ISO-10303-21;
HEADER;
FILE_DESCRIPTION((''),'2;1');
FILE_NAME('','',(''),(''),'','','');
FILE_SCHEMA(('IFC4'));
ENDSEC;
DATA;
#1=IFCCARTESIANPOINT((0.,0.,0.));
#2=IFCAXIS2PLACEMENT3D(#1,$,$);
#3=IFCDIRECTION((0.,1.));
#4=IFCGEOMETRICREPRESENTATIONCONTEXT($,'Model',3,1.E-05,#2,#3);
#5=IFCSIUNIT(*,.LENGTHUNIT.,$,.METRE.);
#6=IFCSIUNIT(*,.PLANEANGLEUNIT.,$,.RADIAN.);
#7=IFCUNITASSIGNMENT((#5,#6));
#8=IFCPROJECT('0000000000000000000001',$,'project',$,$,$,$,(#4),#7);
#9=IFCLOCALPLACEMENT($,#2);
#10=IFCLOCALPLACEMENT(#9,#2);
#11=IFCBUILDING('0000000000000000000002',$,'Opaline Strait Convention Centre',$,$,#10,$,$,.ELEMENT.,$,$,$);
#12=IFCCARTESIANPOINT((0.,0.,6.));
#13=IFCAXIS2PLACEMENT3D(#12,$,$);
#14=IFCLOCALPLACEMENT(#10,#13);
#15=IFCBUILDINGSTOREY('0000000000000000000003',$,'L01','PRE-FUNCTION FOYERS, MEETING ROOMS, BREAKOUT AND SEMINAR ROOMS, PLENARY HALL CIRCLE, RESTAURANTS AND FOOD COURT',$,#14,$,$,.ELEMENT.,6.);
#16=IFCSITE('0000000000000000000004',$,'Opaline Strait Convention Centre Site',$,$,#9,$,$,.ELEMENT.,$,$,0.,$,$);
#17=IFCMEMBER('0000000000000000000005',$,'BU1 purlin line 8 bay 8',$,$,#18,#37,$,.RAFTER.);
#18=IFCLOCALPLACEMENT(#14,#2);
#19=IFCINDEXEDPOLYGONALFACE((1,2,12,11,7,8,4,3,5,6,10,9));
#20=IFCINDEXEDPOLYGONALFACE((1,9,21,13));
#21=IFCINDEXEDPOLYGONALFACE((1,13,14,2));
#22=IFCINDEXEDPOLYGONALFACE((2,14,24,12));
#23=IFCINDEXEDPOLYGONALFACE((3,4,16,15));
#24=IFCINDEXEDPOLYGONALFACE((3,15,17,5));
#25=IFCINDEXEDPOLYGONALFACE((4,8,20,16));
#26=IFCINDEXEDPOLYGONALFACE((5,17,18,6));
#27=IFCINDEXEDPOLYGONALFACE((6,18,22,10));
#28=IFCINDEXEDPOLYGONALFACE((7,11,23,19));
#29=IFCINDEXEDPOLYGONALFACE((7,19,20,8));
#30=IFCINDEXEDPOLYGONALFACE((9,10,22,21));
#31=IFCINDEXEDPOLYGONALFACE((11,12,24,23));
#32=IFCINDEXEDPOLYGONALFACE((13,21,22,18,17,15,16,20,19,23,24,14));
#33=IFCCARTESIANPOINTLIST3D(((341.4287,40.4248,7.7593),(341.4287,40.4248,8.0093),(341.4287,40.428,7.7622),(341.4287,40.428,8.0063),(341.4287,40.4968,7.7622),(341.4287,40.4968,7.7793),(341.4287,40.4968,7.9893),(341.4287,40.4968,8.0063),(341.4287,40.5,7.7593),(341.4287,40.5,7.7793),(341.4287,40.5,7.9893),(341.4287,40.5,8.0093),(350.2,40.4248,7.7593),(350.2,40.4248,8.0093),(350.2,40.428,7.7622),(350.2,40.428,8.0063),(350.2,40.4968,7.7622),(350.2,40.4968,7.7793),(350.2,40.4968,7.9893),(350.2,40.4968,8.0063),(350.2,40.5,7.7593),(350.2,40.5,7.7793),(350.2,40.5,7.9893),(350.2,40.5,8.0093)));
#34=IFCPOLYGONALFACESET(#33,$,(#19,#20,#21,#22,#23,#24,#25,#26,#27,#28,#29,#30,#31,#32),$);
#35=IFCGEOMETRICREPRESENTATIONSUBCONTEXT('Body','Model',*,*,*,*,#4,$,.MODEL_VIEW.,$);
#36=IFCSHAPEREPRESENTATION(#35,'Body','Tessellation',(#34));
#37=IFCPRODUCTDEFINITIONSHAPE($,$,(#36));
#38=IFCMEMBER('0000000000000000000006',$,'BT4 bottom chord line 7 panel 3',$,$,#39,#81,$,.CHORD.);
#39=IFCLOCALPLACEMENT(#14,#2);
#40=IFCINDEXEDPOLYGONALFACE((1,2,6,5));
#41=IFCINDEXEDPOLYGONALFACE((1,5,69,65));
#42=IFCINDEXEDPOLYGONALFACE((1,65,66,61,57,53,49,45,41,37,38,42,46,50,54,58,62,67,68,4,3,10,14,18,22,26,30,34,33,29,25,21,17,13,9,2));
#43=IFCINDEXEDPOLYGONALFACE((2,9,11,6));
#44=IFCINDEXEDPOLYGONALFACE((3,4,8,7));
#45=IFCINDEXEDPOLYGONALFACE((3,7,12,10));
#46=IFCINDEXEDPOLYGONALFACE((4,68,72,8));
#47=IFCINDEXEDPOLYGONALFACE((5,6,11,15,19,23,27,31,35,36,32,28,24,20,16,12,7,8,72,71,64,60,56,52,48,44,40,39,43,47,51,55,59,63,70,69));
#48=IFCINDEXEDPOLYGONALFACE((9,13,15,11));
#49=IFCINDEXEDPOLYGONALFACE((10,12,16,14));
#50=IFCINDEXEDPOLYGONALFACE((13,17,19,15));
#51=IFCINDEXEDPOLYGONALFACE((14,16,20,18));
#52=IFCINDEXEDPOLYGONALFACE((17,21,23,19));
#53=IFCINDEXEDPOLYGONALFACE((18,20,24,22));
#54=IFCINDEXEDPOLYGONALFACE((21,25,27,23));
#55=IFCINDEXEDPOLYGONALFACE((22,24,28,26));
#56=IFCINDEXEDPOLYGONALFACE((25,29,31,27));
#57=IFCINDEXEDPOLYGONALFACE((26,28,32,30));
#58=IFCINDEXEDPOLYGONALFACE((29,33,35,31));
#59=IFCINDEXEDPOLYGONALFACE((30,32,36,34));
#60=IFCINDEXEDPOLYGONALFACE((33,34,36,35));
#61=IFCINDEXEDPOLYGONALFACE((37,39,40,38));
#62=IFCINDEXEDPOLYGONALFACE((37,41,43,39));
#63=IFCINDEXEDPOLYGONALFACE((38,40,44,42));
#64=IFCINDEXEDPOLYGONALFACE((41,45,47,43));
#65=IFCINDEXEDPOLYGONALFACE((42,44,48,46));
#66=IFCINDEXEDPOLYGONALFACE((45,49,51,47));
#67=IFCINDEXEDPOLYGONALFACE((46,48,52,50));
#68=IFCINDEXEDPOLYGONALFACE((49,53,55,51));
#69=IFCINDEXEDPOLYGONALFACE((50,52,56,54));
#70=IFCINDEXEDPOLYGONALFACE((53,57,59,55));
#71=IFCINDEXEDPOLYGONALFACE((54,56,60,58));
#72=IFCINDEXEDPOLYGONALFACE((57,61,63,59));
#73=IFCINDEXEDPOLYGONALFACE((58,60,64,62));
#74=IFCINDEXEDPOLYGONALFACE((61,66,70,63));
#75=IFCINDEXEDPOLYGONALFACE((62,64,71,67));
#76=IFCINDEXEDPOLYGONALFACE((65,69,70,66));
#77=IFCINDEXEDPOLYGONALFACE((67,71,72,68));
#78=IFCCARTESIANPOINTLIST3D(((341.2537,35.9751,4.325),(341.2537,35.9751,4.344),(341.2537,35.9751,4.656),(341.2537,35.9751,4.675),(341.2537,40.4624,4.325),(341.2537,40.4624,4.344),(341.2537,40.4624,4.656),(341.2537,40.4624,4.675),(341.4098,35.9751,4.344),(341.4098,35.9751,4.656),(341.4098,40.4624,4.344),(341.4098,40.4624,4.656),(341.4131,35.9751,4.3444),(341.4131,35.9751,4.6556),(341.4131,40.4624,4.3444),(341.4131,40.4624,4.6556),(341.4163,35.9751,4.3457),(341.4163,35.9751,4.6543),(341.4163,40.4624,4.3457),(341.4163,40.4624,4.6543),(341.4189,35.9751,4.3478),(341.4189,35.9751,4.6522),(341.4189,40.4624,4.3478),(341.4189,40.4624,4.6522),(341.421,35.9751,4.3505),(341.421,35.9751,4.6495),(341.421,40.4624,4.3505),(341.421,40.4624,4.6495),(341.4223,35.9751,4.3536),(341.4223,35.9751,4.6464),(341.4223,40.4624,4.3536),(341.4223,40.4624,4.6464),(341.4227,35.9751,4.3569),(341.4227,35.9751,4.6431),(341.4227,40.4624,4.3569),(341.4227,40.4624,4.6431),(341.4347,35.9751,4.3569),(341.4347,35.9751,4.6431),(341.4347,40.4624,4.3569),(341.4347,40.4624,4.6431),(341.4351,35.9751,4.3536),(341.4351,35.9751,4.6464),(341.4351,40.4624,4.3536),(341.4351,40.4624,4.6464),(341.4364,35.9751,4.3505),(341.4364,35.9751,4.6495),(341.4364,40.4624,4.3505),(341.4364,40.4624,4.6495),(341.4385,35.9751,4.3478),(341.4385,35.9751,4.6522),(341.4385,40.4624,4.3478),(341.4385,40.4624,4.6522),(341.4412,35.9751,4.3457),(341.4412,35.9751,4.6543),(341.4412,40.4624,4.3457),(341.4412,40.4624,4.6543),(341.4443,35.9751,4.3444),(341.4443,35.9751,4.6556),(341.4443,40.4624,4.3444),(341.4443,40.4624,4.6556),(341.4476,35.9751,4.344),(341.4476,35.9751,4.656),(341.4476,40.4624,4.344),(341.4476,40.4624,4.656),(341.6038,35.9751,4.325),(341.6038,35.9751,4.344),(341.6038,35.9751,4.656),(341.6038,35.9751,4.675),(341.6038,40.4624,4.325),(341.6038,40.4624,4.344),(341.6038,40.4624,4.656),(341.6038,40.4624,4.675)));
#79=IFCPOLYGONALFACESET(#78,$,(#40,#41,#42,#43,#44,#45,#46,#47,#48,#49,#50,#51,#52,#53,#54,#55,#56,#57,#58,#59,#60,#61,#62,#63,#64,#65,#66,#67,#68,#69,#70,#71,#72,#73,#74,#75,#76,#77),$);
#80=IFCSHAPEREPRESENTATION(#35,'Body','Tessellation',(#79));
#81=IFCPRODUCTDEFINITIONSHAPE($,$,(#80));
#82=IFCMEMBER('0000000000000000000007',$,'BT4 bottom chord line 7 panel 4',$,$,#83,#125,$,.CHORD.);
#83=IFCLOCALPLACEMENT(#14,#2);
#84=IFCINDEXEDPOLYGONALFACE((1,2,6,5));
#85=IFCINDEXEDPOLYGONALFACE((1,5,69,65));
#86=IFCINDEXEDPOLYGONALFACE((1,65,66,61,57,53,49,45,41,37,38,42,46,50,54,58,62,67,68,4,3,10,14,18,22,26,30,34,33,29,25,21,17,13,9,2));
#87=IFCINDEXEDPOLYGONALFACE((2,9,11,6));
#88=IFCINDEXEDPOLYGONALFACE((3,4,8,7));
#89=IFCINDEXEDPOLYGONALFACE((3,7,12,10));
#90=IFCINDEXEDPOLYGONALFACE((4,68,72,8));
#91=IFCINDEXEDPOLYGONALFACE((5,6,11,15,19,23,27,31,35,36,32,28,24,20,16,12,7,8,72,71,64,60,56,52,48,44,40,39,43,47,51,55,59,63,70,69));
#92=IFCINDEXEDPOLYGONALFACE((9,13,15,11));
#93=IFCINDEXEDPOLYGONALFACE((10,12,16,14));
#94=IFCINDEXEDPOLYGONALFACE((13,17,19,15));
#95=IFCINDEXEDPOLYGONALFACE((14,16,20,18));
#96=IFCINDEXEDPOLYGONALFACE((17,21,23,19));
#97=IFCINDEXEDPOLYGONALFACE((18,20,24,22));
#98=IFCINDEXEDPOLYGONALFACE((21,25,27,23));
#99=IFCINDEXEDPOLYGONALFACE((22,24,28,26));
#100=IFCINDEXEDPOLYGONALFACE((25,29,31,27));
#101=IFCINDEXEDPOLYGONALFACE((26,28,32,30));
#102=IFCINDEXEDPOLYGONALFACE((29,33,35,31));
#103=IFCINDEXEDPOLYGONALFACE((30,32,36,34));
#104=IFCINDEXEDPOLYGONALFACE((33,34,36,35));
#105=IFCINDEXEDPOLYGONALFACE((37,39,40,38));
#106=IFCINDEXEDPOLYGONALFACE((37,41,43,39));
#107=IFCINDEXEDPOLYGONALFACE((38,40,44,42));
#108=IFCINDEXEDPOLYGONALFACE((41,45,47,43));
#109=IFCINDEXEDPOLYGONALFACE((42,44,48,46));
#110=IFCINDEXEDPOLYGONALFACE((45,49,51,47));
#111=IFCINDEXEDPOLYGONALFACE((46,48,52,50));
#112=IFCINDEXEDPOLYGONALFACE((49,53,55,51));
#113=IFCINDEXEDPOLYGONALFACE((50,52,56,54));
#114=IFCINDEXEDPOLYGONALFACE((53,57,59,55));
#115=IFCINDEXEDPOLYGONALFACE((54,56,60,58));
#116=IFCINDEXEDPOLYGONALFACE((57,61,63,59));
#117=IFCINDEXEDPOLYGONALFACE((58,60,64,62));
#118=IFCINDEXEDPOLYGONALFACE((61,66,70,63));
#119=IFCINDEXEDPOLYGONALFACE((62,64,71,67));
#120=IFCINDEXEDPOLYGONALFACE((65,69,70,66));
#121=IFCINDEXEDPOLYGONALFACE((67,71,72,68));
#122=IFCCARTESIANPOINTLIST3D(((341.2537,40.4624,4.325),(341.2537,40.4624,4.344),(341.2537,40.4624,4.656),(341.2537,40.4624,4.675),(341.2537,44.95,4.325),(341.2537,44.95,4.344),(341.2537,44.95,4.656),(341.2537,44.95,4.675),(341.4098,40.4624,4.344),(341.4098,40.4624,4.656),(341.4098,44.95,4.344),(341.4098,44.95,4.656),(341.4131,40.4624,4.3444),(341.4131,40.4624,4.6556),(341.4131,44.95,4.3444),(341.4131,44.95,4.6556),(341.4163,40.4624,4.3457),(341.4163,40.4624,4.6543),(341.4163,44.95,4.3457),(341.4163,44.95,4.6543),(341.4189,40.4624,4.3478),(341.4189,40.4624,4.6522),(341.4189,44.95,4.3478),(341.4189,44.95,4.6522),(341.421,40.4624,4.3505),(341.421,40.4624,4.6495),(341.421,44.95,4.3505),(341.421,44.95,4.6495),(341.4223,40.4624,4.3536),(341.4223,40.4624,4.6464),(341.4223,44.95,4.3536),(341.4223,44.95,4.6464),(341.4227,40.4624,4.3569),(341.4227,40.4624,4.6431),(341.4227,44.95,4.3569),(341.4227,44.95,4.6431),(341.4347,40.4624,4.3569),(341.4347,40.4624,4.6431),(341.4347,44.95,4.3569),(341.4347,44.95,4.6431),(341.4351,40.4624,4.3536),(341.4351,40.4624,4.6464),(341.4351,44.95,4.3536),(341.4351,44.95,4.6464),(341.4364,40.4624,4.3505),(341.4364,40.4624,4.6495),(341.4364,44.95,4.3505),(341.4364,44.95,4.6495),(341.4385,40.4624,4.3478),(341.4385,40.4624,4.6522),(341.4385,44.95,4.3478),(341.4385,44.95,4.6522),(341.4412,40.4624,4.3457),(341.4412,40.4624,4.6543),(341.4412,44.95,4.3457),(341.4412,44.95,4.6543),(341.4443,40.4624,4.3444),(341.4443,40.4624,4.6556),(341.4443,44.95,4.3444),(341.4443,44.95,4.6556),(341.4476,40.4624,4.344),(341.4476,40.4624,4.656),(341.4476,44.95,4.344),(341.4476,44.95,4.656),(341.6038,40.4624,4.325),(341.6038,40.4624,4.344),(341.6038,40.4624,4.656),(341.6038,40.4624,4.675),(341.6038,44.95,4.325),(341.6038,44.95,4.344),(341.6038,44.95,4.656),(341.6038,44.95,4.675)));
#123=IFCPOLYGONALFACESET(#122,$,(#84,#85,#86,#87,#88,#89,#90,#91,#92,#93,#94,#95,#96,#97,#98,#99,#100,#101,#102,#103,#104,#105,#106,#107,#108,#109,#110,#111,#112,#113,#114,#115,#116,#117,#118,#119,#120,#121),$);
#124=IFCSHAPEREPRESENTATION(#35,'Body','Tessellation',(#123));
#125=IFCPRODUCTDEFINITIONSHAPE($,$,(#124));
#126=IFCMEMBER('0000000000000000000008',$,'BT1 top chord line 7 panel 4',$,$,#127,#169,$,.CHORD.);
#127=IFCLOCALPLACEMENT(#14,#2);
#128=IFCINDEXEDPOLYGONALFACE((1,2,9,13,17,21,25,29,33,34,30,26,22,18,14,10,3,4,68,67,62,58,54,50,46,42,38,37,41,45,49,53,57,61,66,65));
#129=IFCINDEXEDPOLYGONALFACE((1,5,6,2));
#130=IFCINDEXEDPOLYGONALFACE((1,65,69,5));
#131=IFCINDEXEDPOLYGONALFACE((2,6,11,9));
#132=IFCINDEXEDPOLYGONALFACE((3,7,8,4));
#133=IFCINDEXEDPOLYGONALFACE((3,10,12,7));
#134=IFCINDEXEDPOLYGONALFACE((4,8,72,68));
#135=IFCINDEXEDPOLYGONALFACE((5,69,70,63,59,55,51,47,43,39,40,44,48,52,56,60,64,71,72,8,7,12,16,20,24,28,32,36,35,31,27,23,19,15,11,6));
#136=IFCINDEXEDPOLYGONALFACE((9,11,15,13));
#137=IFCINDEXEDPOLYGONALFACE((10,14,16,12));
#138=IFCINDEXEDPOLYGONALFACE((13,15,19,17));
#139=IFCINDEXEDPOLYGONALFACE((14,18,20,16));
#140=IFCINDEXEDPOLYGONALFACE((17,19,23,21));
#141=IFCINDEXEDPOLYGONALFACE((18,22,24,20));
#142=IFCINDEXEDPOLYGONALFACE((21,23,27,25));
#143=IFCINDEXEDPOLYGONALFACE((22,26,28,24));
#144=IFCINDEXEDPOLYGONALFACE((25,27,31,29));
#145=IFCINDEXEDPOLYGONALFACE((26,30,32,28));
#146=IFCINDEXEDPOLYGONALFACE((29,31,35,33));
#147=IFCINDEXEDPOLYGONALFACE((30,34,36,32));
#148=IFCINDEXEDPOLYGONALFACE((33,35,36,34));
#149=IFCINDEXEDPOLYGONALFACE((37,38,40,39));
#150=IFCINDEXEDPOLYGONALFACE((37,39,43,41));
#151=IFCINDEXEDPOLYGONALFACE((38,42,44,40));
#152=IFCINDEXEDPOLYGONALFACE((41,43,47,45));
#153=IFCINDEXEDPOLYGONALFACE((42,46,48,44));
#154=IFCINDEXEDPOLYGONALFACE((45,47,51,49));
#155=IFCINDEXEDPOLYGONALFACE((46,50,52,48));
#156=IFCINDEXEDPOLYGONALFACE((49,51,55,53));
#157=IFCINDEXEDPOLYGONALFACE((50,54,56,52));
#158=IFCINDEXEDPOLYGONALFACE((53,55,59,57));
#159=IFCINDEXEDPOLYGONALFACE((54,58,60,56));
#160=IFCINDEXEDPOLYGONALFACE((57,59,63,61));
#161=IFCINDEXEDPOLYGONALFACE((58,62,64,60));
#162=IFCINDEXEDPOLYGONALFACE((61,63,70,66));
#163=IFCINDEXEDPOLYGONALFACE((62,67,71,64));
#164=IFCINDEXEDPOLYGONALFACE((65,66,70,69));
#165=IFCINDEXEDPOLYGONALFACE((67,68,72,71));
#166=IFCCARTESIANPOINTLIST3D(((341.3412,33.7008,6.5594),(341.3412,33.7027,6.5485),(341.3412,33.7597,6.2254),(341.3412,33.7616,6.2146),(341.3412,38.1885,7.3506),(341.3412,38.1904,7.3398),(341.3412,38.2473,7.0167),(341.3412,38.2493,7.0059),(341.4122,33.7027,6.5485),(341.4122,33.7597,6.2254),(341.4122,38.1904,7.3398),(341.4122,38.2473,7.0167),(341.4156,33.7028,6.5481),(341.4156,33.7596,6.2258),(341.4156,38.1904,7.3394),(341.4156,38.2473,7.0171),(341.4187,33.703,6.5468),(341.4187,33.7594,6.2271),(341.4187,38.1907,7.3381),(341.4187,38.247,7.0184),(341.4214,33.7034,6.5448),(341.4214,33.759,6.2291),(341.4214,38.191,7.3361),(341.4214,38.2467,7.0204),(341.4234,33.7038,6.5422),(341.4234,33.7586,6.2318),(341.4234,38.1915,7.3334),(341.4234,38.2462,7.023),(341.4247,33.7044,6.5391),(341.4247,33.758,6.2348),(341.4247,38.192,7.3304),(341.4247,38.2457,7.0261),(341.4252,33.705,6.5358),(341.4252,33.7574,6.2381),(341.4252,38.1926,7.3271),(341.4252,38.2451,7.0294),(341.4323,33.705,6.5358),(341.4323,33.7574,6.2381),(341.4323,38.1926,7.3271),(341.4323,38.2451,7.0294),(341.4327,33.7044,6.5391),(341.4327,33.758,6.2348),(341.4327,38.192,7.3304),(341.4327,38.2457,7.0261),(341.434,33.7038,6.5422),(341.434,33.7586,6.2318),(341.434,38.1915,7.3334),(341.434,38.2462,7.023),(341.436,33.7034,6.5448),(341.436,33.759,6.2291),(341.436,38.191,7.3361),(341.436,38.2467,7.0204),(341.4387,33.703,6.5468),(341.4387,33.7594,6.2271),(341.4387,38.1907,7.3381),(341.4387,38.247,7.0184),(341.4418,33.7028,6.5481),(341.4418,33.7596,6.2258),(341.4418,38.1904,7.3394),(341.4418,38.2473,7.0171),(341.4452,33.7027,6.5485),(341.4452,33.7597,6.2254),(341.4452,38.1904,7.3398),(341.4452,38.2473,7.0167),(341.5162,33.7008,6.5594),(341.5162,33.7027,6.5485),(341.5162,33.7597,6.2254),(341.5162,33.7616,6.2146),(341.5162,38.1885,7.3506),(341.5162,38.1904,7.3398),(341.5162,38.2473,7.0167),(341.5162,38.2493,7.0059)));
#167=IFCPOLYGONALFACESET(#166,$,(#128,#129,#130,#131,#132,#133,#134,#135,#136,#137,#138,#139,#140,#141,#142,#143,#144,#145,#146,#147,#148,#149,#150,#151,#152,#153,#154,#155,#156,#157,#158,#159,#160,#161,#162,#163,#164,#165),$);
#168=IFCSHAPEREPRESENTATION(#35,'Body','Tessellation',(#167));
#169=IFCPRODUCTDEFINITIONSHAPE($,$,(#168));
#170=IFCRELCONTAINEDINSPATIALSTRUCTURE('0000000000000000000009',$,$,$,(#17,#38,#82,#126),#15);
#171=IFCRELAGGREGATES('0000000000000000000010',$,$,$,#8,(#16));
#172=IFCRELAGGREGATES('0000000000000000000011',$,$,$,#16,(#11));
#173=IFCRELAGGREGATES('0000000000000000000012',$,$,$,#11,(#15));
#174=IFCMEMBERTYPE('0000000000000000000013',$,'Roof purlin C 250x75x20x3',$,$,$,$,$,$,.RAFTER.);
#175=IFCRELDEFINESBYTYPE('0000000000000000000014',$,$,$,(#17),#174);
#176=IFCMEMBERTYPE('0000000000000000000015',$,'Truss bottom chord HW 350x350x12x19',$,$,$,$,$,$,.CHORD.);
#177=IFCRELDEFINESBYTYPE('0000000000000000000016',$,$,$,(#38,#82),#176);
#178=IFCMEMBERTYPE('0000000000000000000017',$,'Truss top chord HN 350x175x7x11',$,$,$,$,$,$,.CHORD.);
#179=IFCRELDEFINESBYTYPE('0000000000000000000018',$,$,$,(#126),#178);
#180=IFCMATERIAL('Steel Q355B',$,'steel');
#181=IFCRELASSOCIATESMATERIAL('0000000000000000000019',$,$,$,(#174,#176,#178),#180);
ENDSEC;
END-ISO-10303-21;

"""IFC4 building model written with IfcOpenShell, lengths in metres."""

from ifc_helpers import new_model, si_unit, direction, frame, origin, origin_2d, place, context, subcontext, project, spatial, polyline, i_section, outline, extrude, material, material_profile, profile_set, type_object, element, save


model = new_model("IFC4")

# Units and contexts
model_context = context("Model", 3, precision=1e-05, world=origin(), true_north=direction((0.0, 1.0)))
body_context = subcontext(model_context, "Body", "Model", "MODEL_VIEW")
ifc_project = project(units=[si_unit("LENGTHUNIT", "METRE"), si_unit("PLANEANGLEUNIT", "RADIAN")], contexts=[model_context])

# Site, building, storey
site_placement = place(None, origin())
site = spatial("IfcSite", under=ifc_project, at=site_placement, Name="Opaline Strait Convention Centre Site", CompositionType="ELEMENT", RefElevation=0.0)
building_placement = place(site_placement, origin())
building = spatial("IfcBuilding", under=site, at=building_placement, Name="Opaline Strait Convention Centre", CompositionType="ELEMENT")
storey_placement = place(building_placement, frame((0.0, 0.0, 6.0)))
storey = spatial("IfcBuildingStorey", under=building, at=storey_placement, Name="L01", Description="PRE-FUNCTION FOYERS, MEETING ROOMS, BREAKOUT AND SEMINAR ROOMS, PLENARY HALL CIRCLE, RESTAURANTS AND FOOD COURT", CompositionType="ELEMENT", Elevation=6.0)

# Members
ifc_material_1 = material(Name="Steel Q355B", Category="steel")
ifc_material_profile_1 = material_profile(ifc_material_1, outline(polyline([(-0.0376, -0.125), (0.0376, -0.125), (0.0376, -0.105), (0.0344, -0.105), (0.0344, -0.1221), (-0.0344, -0.1221), (-0.0344, 0.1221), (0.0344, 0.1221), (0.0344, 0.105), (0.0376, 0.105), (0.0376, 0.125), (-0.0376, 0.125), (-0.0376, -0.125)])), Name="C 250x75x20x3")
ifc_profile_set_1 = profile_set([ifc_material_profile_1], Name="Steel Q355B")
member_type_1 = type_object("IfcMemberType", Name="Roof purlin C 250x75x20x3", PredefinedType="RAFTER", material=ifc_profile_set_1)
for number, where, z_axis, x_axis, name in (
    (1, (341.4287, 40.4624, 7.8843), (1.0, 0.0, 0.0), (0.0, 1.0, 0.0), "BU1 purlin line 8 bay 8"),
):
    element("IfcMember", number, at=place(storey_placement, frame(where, z_axis=z_axis, x_axis=x_axis)), inside=storey, type_object=member_type_1, Name=name, PredefinedType="RAFTER", context=body_context, shape_type="SweptSolid", body=[
        extrude(outline(polyline([(-0.0376, -0.125), (0.0376, -0.125), (0.0376, -0.105), (0.0344, -0.105), (0.0344, -0.1221), (-0.0344, -0.1221), (-0.0344, 0.1221), (0.0344, 0.1221), (0.0344, 0.105), (0.0376, 0.105), (0.0376, 0.125), (-0.0376, 0.125), (-0.0376, -0.125)])), origin(), (0.0, 0.0, 1.0), 8.7712),
    ])
ifc_material_profile_2 = material_profile(ifc_material_1, i_section(OverallWidth=0.3501, OverallDepth=0.3501, WebThickness=0.012, FlangeThickness=0.019, FilletRadius=0.0129, at=origin_2d()), Name="HW 350x350x12x19")
ifc_profile_set_2 = profile_set([ifc_material_profile_2], Name="Steel Q355B")
member_type_2 = type_object("IfcMemberType", Name="Truss bottom chord HW 350x350x12x19", PredefinedType="CHORD", material=ifc_profile_set_2)
member_1_placement = place(storey_placement, frame((341.4287, 35.9751, 4.5), z_axis=(0.0, 1.0, 0.0), x_axis=(-1.0, 0.0, 0.0)))
element("IfcMember", 2, at=member_1_placement, inside=storey, type_object=member_type_2, Name="BT4 bottom chord line 7 panel 3", PredefinedType="CHORD", context=body_context, shape_type="SweptSolid", body=[
    extrude(i_section(OverallWidth=0.3501, OverallDepth=0.3501, WebThickness=0.012, FlangeThickness=0.019, FilletRadius=0.0129, at=origin_2d()), origin(), (0.0, 0.0, 1.0), 4.4873),
])
member_2_placement = place(storey_placement, frame((341.4287, 40.4624, 4.5), z_axis=(0.0, 1.0, 0.0), x_axis=(-1.0, 0.0, 0.0)))
element("IfcMember", 3, at=member_2_placement, inside=storey, type_object=member_type_2, Name="BT4 bottom chord line 7 panel 4", PredefinedType="CHORD", context=body_context, shape_type="SweptSolid", body=[
    extrude(i_section(OverallWidth=0.3501, OverallDepth=0.3501, WebThickness=0.012, FlangeThickness=0.019, FilletRadius=0.0129, at=origin_2d()), origin(), (0.0, 0.0, 1.0), 4.4875),
])
ifc_material_profile_3 = material_profile(ifc_material_1, i_section(OverallWidth=0.175, OverallDepth=0.3501, WebThickness=0.0071, FlangeThickness=0.011, FilletRadius=0.0129, at=origin_2d()), Name="HN 350x175x7x11")
ifc_profile_set_3 = profile_set([ifc_material_profile_3], Name="Steel Q355B")
member_type_3 = type_object("IfcMemberType", Name="Truss top chord HN 350x175x7x11", PredefinedType="CHORD", material=ifc_profile_set_3)
member_3_placement = place(storey_placement, frame((341.4287, 33.7312, 6.387), z_axis=(0.0, 0.984808, 0.173645), x_axis=(-1.0, 0.0, 0.0)))
element("IfcMember", 4, at=member_3_placement, inside=storey, type_object=member_type_3, Name="BT1 top chord line 7 panel 4", PredefinedType="CHORD", context=body_context, shape_type="SweptSolid", body=[
    extrude(i_section(OverallWidth=0.175, OverallDepth=0.3501, WebThickness=0.0071, FlangeThickness=0.011, FilletRadius=0.0129, at=origin_2d()), origin(), (0.0, 0.0, 1.0), 4.5569),
])

save(model, "model.ifc")
